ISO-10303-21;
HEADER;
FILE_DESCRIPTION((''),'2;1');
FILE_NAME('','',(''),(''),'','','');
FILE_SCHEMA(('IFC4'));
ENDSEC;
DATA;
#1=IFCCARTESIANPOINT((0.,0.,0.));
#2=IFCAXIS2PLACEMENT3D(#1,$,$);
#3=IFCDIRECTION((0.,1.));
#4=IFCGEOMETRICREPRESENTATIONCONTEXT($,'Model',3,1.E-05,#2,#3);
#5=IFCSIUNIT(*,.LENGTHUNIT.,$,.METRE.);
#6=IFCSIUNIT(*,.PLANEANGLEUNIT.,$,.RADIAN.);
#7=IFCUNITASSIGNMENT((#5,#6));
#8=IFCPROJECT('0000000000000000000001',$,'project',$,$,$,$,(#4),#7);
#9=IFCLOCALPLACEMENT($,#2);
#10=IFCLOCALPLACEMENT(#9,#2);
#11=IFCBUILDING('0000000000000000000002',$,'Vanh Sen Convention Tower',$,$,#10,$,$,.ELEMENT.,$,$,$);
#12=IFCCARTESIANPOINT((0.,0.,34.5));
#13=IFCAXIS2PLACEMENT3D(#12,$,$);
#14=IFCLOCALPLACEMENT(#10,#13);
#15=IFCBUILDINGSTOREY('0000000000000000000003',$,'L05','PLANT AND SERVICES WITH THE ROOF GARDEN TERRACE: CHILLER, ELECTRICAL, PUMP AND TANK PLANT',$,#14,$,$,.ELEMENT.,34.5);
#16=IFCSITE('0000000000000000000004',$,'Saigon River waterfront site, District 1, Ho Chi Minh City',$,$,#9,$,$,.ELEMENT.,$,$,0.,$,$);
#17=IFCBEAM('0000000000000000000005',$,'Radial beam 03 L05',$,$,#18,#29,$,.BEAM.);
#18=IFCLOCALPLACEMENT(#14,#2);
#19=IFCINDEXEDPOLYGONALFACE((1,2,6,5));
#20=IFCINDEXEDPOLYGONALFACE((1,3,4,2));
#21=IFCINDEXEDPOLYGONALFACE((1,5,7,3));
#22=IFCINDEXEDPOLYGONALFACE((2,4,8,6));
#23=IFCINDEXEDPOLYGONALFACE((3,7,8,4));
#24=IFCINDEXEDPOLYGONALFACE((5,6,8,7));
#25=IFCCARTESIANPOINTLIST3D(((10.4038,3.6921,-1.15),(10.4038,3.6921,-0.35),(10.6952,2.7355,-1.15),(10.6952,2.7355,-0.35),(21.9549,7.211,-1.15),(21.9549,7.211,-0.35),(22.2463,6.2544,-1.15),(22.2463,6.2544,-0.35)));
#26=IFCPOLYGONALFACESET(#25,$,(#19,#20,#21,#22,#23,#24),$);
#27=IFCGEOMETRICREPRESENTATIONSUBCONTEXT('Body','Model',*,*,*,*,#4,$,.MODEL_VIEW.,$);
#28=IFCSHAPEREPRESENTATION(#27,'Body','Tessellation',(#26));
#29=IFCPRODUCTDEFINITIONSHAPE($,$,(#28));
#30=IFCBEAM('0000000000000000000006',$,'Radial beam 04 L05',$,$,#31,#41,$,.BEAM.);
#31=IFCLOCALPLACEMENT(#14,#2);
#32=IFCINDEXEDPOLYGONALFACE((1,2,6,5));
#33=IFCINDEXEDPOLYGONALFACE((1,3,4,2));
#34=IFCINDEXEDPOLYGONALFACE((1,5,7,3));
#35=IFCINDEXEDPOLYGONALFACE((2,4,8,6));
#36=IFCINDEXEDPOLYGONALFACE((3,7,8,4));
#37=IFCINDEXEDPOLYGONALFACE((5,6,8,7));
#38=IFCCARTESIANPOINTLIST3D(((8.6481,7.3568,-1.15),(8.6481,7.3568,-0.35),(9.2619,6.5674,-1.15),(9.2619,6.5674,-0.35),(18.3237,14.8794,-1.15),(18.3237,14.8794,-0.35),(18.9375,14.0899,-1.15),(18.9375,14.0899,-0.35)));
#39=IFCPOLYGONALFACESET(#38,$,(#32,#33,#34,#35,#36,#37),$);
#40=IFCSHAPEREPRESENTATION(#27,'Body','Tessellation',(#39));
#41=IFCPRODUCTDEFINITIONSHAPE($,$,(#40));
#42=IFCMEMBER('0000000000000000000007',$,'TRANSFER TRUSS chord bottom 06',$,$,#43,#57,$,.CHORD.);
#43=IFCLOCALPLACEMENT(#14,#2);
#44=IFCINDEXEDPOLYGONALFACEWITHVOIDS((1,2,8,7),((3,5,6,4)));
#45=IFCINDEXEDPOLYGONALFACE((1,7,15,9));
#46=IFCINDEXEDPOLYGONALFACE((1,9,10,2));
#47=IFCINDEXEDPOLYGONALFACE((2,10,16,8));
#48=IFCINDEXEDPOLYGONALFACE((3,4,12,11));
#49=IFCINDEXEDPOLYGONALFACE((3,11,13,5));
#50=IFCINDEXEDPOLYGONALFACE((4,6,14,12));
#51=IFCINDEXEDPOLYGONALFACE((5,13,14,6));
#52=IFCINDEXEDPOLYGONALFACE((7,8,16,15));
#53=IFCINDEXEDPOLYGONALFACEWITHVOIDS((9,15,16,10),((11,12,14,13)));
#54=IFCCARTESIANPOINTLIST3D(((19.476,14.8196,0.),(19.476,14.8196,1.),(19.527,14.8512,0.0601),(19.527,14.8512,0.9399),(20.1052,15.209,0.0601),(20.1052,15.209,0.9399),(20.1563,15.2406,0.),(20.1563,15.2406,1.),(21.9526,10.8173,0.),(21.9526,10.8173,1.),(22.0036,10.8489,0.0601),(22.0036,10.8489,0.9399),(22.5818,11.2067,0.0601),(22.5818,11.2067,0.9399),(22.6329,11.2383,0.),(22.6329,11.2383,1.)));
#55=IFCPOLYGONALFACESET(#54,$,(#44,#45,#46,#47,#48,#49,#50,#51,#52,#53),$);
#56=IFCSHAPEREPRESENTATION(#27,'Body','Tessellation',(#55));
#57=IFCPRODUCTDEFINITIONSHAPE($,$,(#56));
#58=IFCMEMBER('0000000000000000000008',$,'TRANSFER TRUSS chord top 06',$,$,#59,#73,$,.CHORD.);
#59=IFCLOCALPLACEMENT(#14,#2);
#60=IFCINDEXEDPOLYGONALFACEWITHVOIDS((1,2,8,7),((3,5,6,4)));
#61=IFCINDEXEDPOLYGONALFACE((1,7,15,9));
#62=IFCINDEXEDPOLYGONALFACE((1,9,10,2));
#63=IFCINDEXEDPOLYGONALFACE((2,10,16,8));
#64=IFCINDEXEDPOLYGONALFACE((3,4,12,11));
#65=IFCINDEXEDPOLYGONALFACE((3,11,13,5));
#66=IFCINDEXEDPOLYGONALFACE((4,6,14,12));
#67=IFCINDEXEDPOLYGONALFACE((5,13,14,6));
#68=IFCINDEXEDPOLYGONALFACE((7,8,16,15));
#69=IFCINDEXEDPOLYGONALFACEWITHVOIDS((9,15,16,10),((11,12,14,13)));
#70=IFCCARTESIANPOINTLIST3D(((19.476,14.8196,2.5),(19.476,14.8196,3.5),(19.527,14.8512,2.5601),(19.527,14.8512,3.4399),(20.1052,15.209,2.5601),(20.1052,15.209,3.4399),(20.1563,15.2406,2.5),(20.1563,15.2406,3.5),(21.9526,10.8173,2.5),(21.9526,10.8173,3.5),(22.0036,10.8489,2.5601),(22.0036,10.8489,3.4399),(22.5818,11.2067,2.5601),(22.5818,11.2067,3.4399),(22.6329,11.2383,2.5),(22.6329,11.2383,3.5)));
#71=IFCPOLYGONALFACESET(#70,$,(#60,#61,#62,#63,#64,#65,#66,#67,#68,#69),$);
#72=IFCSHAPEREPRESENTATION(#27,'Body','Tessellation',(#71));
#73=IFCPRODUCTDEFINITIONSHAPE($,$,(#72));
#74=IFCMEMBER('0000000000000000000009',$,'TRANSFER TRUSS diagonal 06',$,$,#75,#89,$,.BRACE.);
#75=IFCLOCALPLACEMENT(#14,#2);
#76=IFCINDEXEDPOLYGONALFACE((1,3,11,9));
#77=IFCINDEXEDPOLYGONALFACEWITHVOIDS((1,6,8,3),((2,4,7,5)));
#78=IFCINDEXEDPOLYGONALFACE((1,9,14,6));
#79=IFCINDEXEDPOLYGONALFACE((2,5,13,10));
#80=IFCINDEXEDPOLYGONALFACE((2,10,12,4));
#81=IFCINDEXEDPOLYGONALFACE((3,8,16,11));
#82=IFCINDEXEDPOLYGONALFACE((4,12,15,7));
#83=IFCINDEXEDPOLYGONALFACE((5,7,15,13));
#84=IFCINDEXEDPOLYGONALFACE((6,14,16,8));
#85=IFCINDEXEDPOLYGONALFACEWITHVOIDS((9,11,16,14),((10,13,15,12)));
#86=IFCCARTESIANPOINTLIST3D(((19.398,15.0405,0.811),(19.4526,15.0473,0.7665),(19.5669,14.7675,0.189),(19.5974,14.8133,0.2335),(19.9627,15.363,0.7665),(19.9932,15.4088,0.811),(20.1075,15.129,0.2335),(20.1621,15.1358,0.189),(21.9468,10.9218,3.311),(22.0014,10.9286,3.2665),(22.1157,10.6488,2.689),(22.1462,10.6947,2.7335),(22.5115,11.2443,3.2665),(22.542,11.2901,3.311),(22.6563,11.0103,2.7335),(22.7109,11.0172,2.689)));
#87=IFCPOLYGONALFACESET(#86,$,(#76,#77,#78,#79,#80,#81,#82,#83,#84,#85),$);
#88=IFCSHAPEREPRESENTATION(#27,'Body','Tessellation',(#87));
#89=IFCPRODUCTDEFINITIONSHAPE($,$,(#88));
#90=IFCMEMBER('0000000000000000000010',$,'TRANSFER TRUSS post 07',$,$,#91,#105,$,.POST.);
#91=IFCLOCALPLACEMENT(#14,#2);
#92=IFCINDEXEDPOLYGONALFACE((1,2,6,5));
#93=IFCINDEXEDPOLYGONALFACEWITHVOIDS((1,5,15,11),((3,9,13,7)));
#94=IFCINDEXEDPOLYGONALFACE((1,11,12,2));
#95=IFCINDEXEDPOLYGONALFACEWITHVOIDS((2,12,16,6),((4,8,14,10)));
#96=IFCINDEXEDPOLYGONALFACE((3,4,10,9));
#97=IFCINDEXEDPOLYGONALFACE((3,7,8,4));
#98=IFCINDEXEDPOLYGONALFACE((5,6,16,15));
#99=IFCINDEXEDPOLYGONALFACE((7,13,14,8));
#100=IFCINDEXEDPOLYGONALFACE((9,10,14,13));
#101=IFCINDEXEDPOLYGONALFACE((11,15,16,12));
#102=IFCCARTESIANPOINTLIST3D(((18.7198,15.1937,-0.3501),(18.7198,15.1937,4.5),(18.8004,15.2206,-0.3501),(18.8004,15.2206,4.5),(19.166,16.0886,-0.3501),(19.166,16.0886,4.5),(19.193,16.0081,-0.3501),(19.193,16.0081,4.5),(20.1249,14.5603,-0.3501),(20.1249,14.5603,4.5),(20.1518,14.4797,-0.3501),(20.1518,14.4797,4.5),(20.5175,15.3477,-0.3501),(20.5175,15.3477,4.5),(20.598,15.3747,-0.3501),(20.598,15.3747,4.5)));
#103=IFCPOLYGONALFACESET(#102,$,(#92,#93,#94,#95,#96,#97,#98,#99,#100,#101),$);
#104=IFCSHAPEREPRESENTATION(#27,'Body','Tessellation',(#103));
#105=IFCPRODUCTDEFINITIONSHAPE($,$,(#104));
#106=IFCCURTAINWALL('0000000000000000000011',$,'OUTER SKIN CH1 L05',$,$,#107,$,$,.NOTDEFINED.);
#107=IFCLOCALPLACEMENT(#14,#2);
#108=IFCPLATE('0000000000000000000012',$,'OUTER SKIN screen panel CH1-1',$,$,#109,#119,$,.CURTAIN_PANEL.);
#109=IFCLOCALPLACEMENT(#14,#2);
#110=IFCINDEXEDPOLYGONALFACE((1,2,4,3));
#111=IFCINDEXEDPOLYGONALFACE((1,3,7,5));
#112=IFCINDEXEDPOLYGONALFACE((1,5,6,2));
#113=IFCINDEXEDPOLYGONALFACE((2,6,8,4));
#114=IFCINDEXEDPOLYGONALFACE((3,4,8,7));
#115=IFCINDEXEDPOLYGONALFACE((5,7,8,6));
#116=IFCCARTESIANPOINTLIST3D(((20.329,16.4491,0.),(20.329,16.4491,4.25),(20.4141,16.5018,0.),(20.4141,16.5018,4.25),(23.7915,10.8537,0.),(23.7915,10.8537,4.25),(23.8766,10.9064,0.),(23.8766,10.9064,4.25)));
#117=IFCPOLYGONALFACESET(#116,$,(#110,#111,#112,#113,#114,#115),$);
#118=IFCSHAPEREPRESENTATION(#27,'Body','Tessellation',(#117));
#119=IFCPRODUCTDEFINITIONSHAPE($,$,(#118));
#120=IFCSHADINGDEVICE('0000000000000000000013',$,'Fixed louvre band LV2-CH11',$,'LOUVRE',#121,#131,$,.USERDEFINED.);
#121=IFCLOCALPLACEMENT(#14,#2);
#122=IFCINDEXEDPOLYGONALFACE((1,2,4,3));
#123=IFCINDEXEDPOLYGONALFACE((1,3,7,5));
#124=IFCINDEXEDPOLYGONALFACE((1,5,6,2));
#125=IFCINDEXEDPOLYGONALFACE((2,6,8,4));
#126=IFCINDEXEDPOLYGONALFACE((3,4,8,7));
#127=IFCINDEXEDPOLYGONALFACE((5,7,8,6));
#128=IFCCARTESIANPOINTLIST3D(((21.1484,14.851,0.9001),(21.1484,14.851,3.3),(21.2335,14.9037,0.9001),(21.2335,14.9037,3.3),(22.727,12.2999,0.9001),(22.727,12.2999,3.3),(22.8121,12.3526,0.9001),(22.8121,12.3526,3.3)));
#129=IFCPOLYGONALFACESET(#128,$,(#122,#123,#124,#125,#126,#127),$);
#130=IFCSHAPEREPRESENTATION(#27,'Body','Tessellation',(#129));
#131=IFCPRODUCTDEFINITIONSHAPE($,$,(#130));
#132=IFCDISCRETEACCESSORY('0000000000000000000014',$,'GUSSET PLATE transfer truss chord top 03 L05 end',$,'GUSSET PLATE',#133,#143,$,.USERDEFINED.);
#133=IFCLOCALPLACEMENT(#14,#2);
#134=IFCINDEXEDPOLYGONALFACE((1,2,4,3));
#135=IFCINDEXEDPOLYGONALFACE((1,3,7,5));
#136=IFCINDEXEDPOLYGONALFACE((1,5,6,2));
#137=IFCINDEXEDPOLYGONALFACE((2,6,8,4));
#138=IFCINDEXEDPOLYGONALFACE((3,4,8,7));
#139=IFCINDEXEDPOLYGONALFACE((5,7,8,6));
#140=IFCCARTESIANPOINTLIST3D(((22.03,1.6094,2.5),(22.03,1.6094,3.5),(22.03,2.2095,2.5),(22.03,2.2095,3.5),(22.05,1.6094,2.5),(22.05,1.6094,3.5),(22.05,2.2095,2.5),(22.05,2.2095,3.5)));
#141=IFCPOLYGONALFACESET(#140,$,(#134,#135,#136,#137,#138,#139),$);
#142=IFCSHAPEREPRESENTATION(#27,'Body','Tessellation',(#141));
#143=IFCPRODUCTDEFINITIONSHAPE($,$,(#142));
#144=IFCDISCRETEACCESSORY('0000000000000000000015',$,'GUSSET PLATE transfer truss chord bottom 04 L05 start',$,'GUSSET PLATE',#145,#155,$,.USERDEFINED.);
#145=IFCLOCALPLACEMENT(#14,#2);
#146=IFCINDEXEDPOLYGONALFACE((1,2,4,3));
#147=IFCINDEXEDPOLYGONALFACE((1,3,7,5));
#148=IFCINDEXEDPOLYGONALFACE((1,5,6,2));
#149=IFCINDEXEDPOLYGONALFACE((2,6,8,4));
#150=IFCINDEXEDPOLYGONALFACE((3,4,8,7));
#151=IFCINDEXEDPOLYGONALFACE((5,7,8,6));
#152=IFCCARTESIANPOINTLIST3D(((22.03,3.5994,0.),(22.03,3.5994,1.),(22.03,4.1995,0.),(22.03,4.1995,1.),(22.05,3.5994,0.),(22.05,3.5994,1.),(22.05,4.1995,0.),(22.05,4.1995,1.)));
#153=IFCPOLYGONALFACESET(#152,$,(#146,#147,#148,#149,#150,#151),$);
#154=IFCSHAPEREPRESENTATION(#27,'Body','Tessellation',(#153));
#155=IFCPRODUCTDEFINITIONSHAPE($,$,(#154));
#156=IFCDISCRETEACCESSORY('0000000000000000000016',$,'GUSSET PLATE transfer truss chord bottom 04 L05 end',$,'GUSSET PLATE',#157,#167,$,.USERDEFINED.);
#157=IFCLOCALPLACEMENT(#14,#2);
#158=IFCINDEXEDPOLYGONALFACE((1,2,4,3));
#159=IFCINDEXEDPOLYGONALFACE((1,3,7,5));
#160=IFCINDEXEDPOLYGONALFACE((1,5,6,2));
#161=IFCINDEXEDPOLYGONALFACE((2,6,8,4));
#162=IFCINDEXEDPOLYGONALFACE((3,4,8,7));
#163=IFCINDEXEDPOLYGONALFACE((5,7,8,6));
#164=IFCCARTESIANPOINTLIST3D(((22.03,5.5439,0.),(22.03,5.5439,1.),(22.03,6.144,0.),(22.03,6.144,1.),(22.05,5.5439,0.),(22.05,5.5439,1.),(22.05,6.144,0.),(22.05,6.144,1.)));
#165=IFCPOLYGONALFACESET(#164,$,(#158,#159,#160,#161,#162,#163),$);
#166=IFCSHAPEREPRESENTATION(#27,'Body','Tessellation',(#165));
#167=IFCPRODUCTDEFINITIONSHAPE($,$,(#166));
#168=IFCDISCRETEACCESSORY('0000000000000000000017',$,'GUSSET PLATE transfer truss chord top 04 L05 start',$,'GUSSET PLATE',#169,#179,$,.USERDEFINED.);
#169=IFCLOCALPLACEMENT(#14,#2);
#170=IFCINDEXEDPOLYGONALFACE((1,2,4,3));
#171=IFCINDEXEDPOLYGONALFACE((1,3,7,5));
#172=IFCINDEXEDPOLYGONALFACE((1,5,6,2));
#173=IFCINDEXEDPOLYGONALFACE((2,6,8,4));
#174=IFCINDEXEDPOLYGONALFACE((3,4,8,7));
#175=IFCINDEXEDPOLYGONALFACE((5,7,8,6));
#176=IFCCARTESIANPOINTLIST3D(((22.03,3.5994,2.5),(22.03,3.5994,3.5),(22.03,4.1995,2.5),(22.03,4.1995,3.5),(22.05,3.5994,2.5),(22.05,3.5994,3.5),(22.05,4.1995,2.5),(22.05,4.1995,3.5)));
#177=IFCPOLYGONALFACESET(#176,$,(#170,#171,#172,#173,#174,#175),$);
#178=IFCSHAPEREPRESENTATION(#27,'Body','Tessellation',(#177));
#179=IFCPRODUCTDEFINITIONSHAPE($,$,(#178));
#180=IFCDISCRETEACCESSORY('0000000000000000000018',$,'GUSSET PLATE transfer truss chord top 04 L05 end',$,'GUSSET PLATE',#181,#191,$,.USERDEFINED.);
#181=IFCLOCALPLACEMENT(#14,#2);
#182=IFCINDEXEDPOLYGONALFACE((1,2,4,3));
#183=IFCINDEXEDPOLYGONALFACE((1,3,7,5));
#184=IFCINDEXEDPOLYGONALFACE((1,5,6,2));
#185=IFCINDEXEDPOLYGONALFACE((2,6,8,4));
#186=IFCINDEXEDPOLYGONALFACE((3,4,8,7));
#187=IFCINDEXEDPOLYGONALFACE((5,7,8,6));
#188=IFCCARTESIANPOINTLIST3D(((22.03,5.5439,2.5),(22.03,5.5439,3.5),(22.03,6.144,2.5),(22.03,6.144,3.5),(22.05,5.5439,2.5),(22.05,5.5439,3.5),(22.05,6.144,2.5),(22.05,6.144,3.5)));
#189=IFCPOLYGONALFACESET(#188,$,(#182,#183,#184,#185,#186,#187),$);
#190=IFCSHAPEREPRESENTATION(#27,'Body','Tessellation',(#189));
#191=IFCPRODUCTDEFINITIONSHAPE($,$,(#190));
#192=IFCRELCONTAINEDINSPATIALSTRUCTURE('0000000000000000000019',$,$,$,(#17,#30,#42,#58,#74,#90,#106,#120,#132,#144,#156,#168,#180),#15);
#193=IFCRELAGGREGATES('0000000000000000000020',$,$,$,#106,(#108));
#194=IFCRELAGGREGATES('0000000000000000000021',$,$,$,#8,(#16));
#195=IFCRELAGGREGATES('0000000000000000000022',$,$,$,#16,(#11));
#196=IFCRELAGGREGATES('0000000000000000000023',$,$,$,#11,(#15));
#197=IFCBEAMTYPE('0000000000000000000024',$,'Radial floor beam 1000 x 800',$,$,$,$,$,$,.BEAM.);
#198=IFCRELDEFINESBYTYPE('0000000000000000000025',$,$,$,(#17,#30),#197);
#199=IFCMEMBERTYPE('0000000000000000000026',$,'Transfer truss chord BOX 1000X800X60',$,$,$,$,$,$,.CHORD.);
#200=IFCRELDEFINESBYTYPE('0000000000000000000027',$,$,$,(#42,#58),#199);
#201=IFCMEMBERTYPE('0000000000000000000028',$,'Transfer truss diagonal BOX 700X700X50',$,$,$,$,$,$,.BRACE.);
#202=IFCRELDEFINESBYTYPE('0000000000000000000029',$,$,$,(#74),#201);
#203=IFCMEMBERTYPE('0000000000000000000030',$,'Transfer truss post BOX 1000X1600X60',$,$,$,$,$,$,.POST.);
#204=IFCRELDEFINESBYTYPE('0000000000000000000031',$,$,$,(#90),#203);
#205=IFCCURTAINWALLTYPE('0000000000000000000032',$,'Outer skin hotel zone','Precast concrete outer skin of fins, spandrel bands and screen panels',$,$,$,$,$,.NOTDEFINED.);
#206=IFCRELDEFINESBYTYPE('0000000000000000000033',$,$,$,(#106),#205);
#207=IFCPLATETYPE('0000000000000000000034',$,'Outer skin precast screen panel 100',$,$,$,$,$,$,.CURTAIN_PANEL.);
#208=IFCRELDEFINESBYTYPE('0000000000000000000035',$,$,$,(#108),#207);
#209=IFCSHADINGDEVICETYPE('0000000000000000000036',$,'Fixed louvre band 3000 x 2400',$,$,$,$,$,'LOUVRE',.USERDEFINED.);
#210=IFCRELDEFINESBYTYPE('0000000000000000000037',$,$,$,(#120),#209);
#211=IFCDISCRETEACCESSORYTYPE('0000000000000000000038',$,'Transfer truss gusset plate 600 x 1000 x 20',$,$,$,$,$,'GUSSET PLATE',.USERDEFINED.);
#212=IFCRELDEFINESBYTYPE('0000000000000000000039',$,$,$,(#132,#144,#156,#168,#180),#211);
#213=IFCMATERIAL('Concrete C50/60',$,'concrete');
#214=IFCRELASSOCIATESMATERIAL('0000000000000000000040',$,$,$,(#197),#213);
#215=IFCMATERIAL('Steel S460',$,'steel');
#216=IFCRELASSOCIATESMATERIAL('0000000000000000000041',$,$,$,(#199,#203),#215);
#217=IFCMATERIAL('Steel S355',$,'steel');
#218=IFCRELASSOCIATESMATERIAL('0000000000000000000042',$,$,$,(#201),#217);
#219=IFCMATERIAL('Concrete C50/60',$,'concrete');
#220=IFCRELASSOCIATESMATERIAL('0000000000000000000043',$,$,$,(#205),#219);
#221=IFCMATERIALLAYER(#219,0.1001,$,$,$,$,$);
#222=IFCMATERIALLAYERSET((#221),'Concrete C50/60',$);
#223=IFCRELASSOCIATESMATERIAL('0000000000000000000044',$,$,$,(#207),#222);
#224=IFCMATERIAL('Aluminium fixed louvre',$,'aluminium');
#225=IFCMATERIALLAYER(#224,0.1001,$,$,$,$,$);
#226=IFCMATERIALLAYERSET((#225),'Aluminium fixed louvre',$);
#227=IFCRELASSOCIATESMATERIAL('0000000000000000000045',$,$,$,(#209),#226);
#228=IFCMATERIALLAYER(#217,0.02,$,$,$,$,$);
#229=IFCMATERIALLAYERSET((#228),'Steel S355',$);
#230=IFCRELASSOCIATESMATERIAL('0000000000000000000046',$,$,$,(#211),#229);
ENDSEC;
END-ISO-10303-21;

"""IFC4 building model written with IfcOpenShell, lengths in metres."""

from ifc_helpers import new_model, si_unit, direction, frame, origin, origin_2d, place, context, subcontext, project, spatial, rectangle, hollow_rectangle, extrude, material, layer, layer_set, material_profile, profile_set, type_object, element, aggregate, save


model = new_model("IFC4")

# Units and contexts
model_context = context("Model", 3, precision=1e-05, world=origin(), true_north=direction((0.0, 1.0)))
body_context = subcontext(model_context, "Body", "Model", "MODEL_VIEW")
ifc_project = project(units=[si_unit("LENGTHUNIT", "METRE"), si_unit("PLANEANGLEUNIT", "RADIAN")], contexts=[model_context])

# Site, building, storey
site_placement = place(None, origin())
site = spatial("IfcSite", under=ifc_project, at=site_placement, Name="Saigon River waterfront site, District 1, Ho Chi Minh City", CompositionType="ELEMENT", RefElevation=0.0)
building_placement = place(site_placement, origin())
building = spatial("IfcBuilding", under=site, at=building_placement, Name="Vanh Sen Convention Tower", CompositionType="ELEMENT")
storey_placement = place(building_placement, frame((0.0, 0.0, 34.5)))
storey = spatial("IfcBuildingStorey", under=building, at=storey_placement, Name="L05", Description="PLANT AND SERVICES WITH THE ROOF GARDEN TERRACE: CHILLER, ELECTRICAL, PUMP AND TANK PLANT", CompositionType="ELEMENT", Elevation=34.5)

# Beams
ifc_material_1 = material(Name="Concrete C50/60", Category="concrete")
ifc_material_profile_1 = material_profile(ifc_material_1, rectangle(XDim=1.0, YDim=0.8, at=origin_2d()), Name="RC 1000X800")
ifc_profile_set_1 = profile_set([ifc_material_profile_1], Name="Concrete C50/60")
beam_type = type_object("IfcBeamType", Name="Radial floor beam 1000 x 800", PredefinedType="BEAM", material=ifc_profile_set_1)
beam_1_placement = place(storey_placement, frame((22.1006, 6.7327, -0.75), z_axis=(-0.956598, -0.291409, 0.0), x_axis=(0.291409, -0.956598, 0.0)))
element("IfcBeam", 1, at=beam_1_placement, inside=storey, type_object=beam_type, Name="Radial beam 03 L05", PredefinedType="BEAM", context=body_context, shape_type="SweptSolid", body=[
    extrude(rectangle(XDim=1.0, YDim=0.8, at=origin_2d()), origin(), (0.0, 0.0, 1.0), 12.0752),
])
beam_2_placement = place(storey_placement, frame((18.6306, 14.4846, -0.75), z_axis=(-0.789469, -0.61379, 0.0), x_axis=(0.61379, -0.789469, 0.0)))
element("IfcBeam", 2, at=beam_2_placement, inside=storey, type_object=beam_type, Name="Radial beam 04 L05", PredefinedType="BEAM", context=body_context, shape_type="SweptSolid", body=[
    extrude(rectangle(XDim=1.0, YDim=0.8, at=origin_2d()), origin(), (0.0, 0.0, 1.0), 12.2559),
])

# Members
ifc_material_2 = material(Name="Steel S460", Category="steel")
ifc_material_profile_2 = material_profile(ifc_material_2, hollow_rectangle(XDim=0.8, YDim=1.0, WallThickness=0.0601, at=origin_2d()), Name="BOX 1000X800X60")
ifc_profile_set_2 = profile_set([ifc_material_profile_2], Name="Steel S460")
member_type_1 = type_object("IfcMemberType", Name="Transfer truss chord BOX 1000X800X60", PredefinedType="CHORD", material=ifc_profile_set_2)
for number, where, z_axis, x_axis, name in (
    (3, (22.2927, 11.0278, 0.5), (-0.526203, 0.850359, 0.0), (-0.850359, -0.526203, 0.0), "TRANSFER TRUSS chord bottom 06"),
    (4, (22.2927, 11.0278, 3.0), (-0.526203, 0.850359, 0.0), (-0.850359, -0.526203, 0.0), "TRANSFER TRUSS chord top 06"),
):
    element("IfcMember", number, at=place(storey_placement, frame(where, z_axis=z_axis, x_axis=x_axis)), inside=storey, type_object=member_type_1, Name=name, PredefinedType="CHORD", context=body_context, shape_type="SweptSolid", body=[
        extrude(hollow_rectangle(XDim=0.8, YDim=1.0, WallThickness=0.0601, at=origin_2d()), origin(), (0.0, 0.0, 1.0), 4.7065),
    ])
ifc_material_3 = material(Name="Steel S355", Category="steel")
ifc_material_profile_3 = material_profile(ifc_material_3, hollow_rectangle(XDim=0.7, YDim=0.7, WallThickness=0.05, at=origin_2d()), Name="BOX 700X700X50")
ifc_profile_set_3 = profile_set([ifc_material_profile_3], Name="Steel S355")
member_type_2 = type_object("IfcMemberType", Name="Transfer truss diagonal BOX 700X700X50", PredefinedType="BRACE", material=ifc_profile_set_3)
member_1_placement = place(storey_placement, frame((22.3289, 10.9695, 3.0), z_axis=(-0.467617, 0.755623, -0.458659), x_axis=(-0.85034, -0.526233, 0.0)))
element("IfcMember", 5, at=member_1_placement, inside=storey, type_object=member_type_2, Name="TRANSFER TRUSS diagonal 06", PredefinedType="BRACE", context=body_context, shape_type="SweptSolid", body=[
    extrude(hollow_rectangle(XDim=0.7, YDim=0.7, WallThickness=0.05, at=origin_2d()), origin(), (0.0, 0.0, 1.0), 5.4507),
])
ifc_material_profile_4 = material_profile(ifc_material_2, hollow_rectangle(XDim=1.6001, YDim=1.0, WallThickness=0.0601, at=origin_2d()), Name="BOX 1000X1600X60")
ifc_profile_set_4 = profile_set([ifc_material_profile_4], Name="Steel S460")
member_type_3 = type_object("IfcMemberType", Name="Transfer truss post BOX 1000X1600X60", PredefinedType="POST", material=ifc_profile_set_4)
member_2_placement = place(storey_placement, frame((19.6589, 15.2842, -0.3501), z_axis=(0.0, 0.0, 1.0), x_axis=(-0.894934, 0.446198, 0.0)))
element("IfcMember", 6, at=member_2_placement, inside=storey, type_object=member_type_3, Name="TRANSFER TRUSS post 07", PredefinedType="POST", context=body_context, shape_type="SweptSolid", body=[
    extrude(hollow_rectangle(XDim=1.6001, YDim=1.0, WallThickness=0.0601, at=origin_2d()), origin(), (0.0, 0.0, 1.0), 4.8501),
])

# Curtain wall, plate
ifc_material_4 = material(Name="Concrete C50/60", Category="concrete")
curtain_wall_type = type_object("IfcCurtainWallType", Name="Outer skin hotel zone", Description="Precast concrete outer skin of fins, spandrel bands and screen panels", PredefinedType="NOTDEFINED", material=ifc_material_4)
curtain_wall_placement = place(storey_placement, origin())
curtain_wall = element("IfcCurtainWall", 7, at=curtain_wall_placement, inside=storey, type_object=curtain_wall_type, Name="OUTER SKIN CH1 L05", PredefinedType="NOTDEFINED")
ifc_layer_1 = layer(ifc_material_4, 0.1001)
ifc_layer_set_1 = layer_set([ifc_layer_1], Name="Concrete C50/60")
plate_type = type_object("IfcPlateType", Name="Outer skin precast screen panel 100", PredefinedType="CURTAIN_PANEL", material=ifc_layer_set_1)
plate_placement = place(storey_placement, frame((22.1028, 13.6777, 0.0), z_axis=(0.0, 0.0, 1.0), x_axis=(-0.526212, 0.850353, 0.0)))
plate = element("IfcPlate", 8, at=plate_placement, type_object=plate_type, Name="OUTER SKIN screen panel CH1-1", PredefinedType="CURTAIN_PANEL", context=body_context, shape_type="SweptSolid", body=[
    extrude(rectangle(XDim=6.5801, YDim=0.1001, at=origin_2d()), origin(), (0.0, 0.0, 1.0), 4.25),
])
aggregate(curtain_wall, [plate])

# Shading device
ifc_material_5 = material(Name="Aluminium fixed louvre", Category="aluminium")
ifc_layer_2 = layer(ifc_material_5, 0.1001)
ifc_layer_set_2 = layer_set([ifc_layer_2], Name="Aluminium fixed louvre")
shading_device_type = type_object("IfcShadingDeviceType", Name="Fixed louvre band 3000 x 2400", ElementType="LOUVRE", PredefinedType="USERDEFINED", material=ifc_layer_set_2)
shading_device_placement = place(storey_placement, frame((21.9802, 13.6018, 0.9001), z_axis=(0.0, 0.0, 1.0), x_axis=(-0.526209, 0.850355, 0.0)))
element("IfcShadingDevice", 9, at=shading_device_placement, inside=storey, type_object=shading_device_type, Name="Fixed louvre band LV2-CH11", ObjectType="LOUVRE", PredefinedType="USERDEFINED", context=body_context, shape_type="SweptSolid", body=[
    extrude(rectangle(XDim=3.0, YDim=0.1001, at=origin_2d()), origin(), (0.0, 0.0, 1.0), 2.3999),
])

# Discrete accessories
ifc_layer_3 = layer(ifc_material_3, 0.02)
ifc_layer_set_3 = layer_set([ifc_layer_3], Name="Steel S355")
discrete_accessory_type_1 = type_object("IfcDiscreteAccessoryType", Name="Transfer truss gusset plate 600 x 1000 x 20", ElementType="GUSSET PLATE", PredefinedType="USERDEFINED", material=ifc_layer_set_3)
for number, where, z_axis, x_axis, name in (
    (10, (22.04, 1.9094, 2.5), (0.0, 0.0, 1.0), (0.0, -1.0, 0.0), "GUSSET PLATE transfer truss chord top 03 L05 end"),
    (11, (22.04, 3.8994, 0.0), (0.0, 0.0, 1.0), (0.0, 1.0, 0.0), "GUSSET PLATE transfer truss chord bottom 04 L05 start"),
    (12, (22.04, 5.844, 0.0), (0.0, 0.0, 1.0), (0.0, -1.0, 0.0), "GUSSET PLATE transfer truss chord bottom 04 L05 end"),
    (13, (22.04, 3.8994, 2.5), (0.0, 0.0, 1.0), (0.0, 1.0, 0.0), "GUSSET PLATE transfer truss chord top 04 L05 start"),
    (14, (22.04, 5.844, 2.5), (0.0, 0.0, 1.0), (0.0, -1.0, 0.0), "GUSSET PLATE transfer truss chord top 04 L05 end"),
):
    element("IfcDiscreteAccessory", number, at=place(storey_placement, frame(where, z_axis=z_axis, x_axis=x_axis)), inside=storey, type_object=discrete_accessory_type_1, Name=name, ObjectType="GUSSET PLATE", PredefinedType="USERDEFINED", context=body_context, shape_type="SweptSolid", body=[
        extrude(rectangle(XDim=0.6001, YDim=0.02, at=origin_2d()), origin(), (0.0, 0.0, 1.0), 1.0),
    ])

save(model, "model.ifc")
